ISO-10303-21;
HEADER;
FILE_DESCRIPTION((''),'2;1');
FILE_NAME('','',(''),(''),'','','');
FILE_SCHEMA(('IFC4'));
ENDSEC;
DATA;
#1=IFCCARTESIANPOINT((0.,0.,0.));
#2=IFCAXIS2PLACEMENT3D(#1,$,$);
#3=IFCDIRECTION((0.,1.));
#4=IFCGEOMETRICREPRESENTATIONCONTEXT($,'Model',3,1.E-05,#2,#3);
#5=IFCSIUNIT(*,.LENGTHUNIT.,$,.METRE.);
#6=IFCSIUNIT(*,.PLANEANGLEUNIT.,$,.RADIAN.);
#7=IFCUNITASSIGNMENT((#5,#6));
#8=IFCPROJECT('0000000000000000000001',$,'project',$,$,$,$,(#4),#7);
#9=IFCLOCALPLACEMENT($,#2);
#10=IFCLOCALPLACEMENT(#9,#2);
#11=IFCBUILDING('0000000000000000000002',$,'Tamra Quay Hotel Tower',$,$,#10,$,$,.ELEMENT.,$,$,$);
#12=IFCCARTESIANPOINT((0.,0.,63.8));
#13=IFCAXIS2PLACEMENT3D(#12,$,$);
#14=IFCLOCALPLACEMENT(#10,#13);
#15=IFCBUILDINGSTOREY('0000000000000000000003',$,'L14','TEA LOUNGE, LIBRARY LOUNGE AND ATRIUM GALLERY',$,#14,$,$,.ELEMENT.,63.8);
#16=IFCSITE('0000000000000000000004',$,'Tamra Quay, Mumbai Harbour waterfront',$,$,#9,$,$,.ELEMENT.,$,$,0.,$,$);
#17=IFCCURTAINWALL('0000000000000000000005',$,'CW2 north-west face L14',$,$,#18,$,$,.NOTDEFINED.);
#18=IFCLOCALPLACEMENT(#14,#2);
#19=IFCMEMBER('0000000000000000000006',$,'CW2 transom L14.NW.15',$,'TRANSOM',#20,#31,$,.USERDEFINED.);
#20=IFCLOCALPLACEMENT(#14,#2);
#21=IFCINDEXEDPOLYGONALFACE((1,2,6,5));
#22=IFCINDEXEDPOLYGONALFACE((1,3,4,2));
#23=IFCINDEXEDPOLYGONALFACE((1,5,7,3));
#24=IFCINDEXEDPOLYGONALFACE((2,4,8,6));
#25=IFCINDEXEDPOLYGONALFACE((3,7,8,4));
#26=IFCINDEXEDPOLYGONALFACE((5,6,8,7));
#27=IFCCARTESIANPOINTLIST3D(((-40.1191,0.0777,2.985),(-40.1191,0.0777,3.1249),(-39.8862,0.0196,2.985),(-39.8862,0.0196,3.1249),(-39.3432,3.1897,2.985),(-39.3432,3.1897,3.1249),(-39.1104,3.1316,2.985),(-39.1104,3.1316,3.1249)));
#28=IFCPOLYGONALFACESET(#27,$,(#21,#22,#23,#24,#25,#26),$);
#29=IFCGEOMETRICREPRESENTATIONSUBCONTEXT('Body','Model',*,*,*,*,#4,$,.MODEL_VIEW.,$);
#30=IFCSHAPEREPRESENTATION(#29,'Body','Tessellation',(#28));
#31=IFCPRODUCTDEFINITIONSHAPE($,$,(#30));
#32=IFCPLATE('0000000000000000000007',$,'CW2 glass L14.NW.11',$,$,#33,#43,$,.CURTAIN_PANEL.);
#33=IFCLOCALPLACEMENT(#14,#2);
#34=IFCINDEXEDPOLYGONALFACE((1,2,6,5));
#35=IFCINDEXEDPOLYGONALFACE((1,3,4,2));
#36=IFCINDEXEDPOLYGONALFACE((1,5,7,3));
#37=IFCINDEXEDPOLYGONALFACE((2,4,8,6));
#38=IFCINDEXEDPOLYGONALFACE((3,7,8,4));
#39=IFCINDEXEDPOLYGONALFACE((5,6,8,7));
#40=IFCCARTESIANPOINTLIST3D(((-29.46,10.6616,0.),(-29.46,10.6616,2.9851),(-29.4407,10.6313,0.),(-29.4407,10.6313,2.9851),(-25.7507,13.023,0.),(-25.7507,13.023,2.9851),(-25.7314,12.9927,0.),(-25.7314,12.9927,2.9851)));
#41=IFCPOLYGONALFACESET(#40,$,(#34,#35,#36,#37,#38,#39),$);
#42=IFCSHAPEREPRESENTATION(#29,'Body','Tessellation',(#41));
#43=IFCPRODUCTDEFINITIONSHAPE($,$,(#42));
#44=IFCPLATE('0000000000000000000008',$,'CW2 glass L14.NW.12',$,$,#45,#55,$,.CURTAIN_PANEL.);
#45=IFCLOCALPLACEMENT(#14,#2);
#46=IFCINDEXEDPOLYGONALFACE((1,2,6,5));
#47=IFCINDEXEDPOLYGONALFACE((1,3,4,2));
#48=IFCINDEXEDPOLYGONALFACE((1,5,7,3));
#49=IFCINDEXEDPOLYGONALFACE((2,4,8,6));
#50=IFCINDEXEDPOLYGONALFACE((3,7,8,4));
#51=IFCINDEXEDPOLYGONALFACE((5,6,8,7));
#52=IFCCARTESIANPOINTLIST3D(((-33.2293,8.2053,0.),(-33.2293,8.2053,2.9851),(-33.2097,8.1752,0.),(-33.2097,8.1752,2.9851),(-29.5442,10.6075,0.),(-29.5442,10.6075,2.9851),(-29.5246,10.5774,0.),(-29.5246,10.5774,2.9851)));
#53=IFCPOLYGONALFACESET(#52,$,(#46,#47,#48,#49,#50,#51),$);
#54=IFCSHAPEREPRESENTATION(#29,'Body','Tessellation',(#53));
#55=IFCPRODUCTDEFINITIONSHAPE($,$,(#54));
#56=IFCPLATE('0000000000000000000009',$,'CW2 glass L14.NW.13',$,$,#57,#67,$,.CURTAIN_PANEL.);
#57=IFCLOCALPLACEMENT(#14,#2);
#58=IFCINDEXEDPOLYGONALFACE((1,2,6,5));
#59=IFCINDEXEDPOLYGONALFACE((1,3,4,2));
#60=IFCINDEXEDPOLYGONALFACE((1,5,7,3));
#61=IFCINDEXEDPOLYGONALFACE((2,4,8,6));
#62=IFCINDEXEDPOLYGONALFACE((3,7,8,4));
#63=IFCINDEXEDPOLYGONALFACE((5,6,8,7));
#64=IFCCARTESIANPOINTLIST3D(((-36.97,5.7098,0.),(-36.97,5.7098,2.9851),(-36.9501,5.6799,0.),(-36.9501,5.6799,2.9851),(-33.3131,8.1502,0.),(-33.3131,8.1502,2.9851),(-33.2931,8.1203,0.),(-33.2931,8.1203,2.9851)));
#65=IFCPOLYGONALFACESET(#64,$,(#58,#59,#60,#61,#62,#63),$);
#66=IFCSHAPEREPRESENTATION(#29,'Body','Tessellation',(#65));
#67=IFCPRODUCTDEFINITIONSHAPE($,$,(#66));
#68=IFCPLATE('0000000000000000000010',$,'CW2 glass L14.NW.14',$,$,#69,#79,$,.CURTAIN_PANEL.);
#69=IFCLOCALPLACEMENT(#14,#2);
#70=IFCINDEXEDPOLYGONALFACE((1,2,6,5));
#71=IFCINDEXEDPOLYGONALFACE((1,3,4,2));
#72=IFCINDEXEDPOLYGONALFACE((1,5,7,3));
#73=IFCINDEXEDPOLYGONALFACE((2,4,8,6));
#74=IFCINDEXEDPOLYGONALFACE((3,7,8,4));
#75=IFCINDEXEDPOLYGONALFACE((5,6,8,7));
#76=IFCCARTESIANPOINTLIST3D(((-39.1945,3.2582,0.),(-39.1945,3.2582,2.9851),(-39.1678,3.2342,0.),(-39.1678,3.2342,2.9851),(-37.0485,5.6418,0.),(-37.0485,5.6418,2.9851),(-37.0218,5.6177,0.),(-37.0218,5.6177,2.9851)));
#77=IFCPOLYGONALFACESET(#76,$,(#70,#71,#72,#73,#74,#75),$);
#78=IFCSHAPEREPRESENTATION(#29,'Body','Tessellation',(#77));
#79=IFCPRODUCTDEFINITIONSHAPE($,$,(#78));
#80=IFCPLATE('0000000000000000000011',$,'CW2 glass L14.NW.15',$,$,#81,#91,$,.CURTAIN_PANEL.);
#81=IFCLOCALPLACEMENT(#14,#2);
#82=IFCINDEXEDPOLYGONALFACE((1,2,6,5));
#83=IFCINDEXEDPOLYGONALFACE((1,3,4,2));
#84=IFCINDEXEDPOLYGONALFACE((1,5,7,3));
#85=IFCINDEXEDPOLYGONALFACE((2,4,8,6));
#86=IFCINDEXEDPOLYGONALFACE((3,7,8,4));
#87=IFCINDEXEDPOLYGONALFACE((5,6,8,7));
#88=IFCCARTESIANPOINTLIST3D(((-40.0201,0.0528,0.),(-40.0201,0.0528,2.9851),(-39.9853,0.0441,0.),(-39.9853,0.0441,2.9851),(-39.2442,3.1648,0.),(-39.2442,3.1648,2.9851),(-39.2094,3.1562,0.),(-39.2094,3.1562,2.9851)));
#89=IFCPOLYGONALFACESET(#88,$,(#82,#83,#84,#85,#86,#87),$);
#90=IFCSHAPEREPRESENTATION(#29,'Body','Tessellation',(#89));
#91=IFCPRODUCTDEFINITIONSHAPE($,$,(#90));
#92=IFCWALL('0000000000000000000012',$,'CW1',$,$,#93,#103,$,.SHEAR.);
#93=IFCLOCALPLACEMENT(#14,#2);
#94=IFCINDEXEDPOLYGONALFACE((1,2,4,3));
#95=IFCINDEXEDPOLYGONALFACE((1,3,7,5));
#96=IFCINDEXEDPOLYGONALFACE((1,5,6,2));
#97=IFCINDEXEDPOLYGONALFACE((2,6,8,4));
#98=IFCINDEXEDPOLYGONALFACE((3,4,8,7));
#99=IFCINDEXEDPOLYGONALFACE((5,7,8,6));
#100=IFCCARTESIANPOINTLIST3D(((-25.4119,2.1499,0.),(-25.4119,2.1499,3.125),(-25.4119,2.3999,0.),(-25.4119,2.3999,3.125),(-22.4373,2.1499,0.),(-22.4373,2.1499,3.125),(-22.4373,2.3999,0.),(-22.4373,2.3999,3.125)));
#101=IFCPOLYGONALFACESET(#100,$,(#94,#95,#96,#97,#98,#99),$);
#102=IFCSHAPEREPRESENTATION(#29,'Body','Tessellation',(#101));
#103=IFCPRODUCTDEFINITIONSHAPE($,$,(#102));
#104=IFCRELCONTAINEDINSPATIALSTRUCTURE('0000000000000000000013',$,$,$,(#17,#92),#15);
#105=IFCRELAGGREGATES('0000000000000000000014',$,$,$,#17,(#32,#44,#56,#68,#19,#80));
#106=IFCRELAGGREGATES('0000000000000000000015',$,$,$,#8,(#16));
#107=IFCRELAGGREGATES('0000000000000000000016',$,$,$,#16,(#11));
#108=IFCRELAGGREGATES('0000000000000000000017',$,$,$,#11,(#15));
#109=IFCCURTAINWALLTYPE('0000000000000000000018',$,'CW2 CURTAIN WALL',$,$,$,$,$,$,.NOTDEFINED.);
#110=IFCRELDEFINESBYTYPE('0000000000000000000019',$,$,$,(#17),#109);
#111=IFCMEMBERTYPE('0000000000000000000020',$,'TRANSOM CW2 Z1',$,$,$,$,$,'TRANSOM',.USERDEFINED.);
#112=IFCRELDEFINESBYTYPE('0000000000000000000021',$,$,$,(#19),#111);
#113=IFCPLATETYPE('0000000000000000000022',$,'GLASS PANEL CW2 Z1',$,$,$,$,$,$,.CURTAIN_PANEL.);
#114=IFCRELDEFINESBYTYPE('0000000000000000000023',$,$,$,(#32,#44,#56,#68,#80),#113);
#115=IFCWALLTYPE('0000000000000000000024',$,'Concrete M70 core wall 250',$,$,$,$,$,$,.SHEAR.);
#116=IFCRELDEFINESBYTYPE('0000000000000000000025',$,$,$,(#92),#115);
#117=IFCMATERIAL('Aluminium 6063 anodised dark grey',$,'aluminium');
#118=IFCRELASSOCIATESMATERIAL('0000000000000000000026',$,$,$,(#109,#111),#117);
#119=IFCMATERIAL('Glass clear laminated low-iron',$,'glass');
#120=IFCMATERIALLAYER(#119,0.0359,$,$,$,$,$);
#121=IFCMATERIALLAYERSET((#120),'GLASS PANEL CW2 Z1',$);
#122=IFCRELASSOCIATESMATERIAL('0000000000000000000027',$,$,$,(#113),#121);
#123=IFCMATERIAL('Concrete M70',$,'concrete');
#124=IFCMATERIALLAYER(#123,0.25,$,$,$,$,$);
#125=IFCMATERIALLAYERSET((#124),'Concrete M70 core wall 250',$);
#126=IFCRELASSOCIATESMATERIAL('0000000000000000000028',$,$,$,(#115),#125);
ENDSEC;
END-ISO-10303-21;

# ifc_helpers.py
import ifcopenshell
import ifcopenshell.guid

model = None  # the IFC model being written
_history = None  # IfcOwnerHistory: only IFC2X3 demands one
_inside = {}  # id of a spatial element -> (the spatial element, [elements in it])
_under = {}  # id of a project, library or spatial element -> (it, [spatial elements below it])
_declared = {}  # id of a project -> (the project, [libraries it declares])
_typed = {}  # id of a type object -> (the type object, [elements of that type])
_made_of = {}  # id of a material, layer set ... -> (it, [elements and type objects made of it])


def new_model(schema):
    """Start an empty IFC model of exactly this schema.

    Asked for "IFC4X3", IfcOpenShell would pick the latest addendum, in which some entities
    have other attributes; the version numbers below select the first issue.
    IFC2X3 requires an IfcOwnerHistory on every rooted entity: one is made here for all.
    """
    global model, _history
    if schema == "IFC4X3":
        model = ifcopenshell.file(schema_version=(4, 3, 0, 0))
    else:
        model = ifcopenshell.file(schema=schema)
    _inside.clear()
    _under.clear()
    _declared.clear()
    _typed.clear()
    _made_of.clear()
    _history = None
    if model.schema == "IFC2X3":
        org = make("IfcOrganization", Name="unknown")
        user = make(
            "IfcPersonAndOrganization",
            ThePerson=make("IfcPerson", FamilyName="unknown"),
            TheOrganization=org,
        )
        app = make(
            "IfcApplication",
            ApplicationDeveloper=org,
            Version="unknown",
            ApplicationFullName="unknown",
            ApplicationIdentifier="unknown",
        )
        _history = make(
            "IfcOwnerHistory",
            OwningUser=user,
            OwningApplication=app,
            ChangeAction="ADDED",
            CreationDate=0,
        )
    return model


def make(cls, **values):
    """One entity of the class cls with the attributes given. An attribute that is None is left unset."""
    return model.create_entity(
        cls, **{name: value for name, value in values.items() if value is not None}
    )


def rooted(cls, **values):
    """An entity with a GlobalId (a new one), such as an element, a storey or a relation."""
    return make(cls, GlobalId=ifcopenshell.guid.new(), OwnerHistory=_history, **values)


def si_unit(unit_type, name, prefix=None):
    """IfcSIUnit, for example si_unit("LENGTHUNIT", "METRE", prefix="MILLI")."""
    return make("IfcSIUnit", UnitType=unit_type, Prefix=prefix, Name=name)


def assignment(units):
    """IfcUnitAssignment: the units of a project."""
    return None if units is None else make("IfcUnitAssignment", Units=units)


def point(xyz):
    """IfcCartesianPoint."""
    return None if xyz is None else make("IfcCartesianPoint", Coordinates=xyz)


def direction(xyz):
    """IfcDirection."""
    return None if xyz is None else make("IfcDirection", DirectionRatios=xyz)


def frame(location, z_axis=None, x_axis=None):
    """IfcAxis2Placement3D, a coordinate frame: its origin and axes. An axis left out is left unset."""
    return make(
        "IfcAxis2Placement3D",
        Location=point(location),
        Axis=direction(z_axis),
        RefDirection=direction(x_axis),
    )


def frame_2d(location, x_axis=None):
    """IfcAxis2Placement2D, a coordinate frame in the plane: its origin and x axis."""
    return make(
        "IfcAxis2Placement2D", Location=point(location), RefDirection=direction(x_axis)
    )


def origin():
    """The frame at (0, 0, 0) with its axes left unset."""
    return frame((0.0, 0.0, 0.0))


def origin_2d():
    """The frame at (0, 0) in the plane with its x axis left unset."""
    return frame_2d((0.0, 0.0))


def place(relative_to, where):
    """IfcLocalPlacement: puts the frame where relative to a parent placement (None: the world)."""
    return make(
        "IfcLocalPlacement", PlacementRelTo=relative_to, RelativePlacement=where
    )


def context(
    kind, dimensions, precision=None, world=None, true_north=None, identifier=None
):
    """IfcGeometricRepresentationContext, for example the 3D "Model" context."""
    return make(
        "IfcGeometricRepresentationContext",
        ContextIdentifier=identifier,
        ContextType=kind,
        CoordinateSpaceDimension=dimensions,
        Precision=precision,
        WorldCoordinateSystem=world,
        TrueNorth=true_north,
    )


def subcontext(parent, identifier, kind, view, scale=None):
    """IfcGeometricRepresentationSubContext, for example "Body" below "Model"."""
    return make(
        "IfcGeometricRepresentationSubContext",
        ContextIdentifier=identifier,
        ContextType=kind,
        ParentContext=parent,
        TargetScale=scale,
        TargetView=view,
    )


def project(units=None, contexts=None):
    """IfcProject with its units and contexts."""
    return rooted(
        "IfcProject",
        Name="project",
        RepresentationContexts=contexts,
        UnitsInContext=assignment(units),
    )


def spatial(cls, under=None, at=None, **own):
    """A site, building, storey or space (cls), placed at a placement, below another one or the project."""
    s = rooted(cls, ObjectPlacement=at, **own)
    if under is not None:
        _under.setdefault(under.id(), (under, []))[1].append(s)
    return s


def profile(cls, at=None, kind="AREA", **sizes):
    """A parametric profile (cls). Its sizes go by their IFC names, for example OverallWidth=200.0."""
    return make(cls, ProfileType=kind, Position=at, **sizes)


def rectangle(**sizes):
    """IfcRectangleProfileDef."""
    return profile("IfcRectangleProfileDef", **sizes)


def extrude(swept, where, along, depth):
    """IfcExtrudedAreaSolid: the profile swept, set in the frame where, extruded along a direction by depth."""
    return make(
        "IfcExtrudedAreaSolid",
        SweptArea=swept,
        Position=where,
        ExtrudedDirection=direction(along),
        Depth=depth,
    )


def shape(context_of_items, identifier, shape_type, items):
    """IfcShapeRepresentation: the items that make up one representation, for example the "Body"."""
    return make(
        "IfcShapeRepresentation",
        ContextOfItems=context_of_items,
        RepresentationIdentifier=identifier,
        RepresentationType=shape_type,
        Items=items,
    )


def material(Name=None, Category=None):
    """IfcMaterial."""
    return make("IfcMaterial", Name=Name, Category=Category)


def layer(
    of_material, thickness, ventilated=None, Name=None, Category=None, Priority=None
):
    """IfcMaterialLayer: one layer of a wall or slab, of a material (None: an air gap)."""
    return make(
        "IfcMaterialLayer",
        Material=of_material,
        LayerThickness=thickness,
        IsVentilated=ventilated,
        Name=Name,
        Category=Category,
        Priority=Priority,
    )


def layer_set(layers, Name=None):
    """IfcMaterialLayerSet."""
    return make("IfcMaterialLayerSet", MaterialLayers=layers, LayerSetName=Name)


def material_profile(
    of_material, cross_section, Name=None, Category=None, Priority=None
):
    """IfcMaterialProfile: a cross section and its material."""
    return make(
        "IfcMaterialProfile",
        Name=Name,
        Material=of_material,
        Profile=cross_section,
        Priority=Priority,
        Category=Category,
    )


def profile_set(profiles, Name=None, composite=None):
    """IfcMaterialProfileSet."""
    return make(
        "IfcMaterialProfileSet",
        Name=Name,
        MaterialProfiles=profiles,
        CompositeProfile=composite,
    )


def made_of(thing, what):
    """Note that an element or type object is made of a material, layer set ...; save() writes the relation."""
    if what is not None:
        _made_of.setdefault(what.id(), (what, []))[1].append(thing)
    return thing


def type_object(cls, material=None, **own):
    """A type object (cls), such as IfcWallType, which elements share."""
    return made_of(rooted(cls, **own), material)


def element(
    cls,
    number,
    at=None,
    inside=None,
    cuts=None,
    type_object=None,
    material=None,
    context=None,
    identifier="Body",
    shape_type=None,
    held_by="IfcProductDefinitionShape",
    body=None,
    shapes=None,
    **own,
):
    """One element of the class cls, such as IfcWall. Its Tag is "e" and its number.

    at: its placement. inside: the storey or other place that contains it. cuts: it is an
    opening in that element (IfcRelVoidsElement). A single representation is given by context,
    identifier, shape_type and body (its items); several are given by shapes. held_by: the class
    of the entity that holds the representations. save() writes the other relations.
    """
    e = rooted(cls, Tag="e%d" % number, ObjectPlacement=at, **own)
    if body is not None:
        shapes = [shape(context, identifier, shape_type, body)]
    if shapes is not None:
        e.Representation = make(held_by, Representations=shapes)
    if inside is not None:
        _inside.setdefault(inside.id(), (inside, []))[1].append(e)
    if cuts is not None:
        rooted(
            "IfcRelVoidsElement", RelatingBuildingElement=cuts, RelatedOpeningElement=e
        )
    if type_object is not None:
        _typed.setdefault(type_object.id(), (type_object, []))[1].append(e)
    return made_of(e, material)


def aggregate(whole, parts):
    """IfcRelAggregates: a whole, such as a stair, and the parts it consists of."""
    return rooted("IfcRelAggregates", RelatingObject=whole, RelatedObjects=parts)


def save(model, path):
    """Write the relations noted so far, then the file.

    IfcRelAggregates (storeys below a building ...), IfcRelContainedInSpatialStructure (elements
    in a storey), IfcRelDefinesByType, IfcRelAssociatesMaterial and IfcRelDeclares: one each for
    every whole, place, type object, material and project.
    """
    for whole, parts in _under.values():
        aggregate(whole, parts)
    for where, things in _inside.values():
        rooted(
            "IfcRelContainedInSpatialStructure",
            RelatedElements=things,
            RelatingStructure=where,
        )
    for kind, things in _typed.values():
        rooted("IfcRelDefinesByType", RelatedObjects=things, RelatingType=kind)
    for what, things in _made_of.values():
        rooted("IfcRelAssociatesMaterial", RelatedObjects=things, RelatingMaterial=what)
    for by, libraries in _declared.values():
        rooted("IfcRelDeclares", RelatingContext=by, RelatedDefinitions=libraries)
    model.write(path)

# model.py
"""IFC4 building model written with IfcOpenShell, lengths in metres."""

from ifc_helpers import new_model, si_unit, direction, frame, frame_2d, origin, origin_2d, place, context, subcontext, project, spatial, rectangle, extrude, material, layer, layer_set, material_profile, profile_set, type_object, element, aggregate, save


model = new_model("IFC4")

# Units and contexts
model_context = context("Model", 3, precision=1e-05, world=origin(), true_north=direction((0.0, 1.0)))
body_context = subcontext(model_context, "Body", "Model", "MODEL_VIEW")
ifc_project = project(units=[si_unit("LENGTHUNIT", "METRE"), si_unit("PLANEANGLEUNIT", "RADIAN")], contexts=[model_context])

# Site, building, storey
site_placement = place(None, origin())
site = spatial("IfcSite", under=ifc_project, at=site_placement, Name="Tamra Quay, Mumbai Harbour waterfront", CompositionType="ELEMENT", RefElevation=0.0)
building_placement = place(site_placement, origin())
building = spatial("IfcBuilding", under=site, at=building_placement, Name="Tamra Quay Hotel Tower", CompositionType="ELEMENT")
storey_placement = place(building_placement, frame((0.0, 0.0, 63.8)))
storey = spatial("IfcBuildingStorey", under=building, at=storey_placement, Name="L14", Description="TEA LOUNGE, LIBRARY LOUNGE AND ATRIUM GALLERY", CompositionType="ELEMENT", Elevation=63.8)

# Shared definitions
ifc_material_1 = material(Name="Concrete M70", Category="concrete")

# Curtain wall
ifc_material_2 = material(Name="Aluminium 6063 anodised dark grey", Category="aluminium")
curtain_wall_type = type_object("IfcCurtainWallType", Name="CW2 CURTAIN WALL", PredefinedType="NOTDEFINED", material=ifc_material_2)
curtain_wall_placement = place(storey_placement, origin())
curtain_wall = element("IfcCurtainWall", 1, at=curtain_wall_placement, inside=storey, type_object=curtain_wall_type, Name="CW2 north-west face L14", PredefinedType="NOTDEFINED")

# Member
ifc_material_profile_1 = material_profile(ifc_material_2, rectangle(XDim=0.24, YDim=0.1399, at=origin_2d()), Name="TRANSOM 240X140")
ifc_profile_set_1 = profile_set([ifc_material_profile_1], Name="Aluminium 6063 anodised dark grey")
member_type_1 = type_object("IfcMemberType", Name="TRANSOM CW2 Z1", ElementType="TRANSOM", PredefinedType="USERDEFINED", material=ifc_profile_set_1)
member_1_placement = place(storey_placement, frame((-39.2268, 3.1606, 3.0549), z_axis=(-0.241909, -0.970299, 0.0), x_axis=(0.970299, -0.241909, 0.0)))
member_1 = element("IfcMember", 2, at=member_1_placement, type_object=member_type_1, Name="CW2 transom L14.NW.15", ObjectType="TRANSOM", PredefinedType="USERDEFINED", context=body_context, shape_type="SweptSolid", body=[
    extrude(rectangle(XDim=0.24, YDim=0.1399, at=origin_2d()), origin(), (0.0, 0.0, 1.0), 3.2073),
])

# Plates
ifc_material_3 = material(Name="Glass clear laminated low-iron", Category="glass")
ifc_layer_1 = layer(ifc_material_3, 0.0359)
ifc_layer_set_1 = layer_set([ifc_layer_1], Name="GLASS PANEL CW2 Z1")
plate_type = type_object("IfcPlateType", Name="GLASS PANEL CW2 Z1", PredefinedType="CURTAIN_PANEL", material=ifc_layer_set_1)
plate_1_placement = place(storey_placement, frame((-27.5957, 11.8271, 0.0), z_axis=(0.0, 0.0, 1.0), x_axis=(-0.843571, -0.537018, 0.0)))
plate_1 = element("IfcPlate", 3, at=plate_1_placement, type_object=plate_type, Name="CW2 glass L14.NW.11", PredefinedType="CURTAIN_PANEL", context=body_context, shape_type="SweptSolid", body=[
    extrude(rectangle(XDim=4.3972, YDim=0.0359, at=origin_2d()), origin(), (0.0, 0.0, 1.0), 2.9851),
])
plate_2_placement = place(storey_placement, frame((-31.377, 9.3914, 0.0), z_axis=(0.0, 0.0, 1.0), x_axis=(-0.837728, -0.546088, 0.0)))
plate_2 = element("IfcPlate", 4, at=plate_2_placement, type_object=plate_type, Name="CW2 glass L14.NW.12", PredefinedType="CURTAIN_PANEL", context=body_context, shape_type="SweptSolid", body=[
    extrude(rectangle(XDim=4.3989, YDim=0.0359, at=origin_2d()), origin(), (0.0, 0.0, 1.0), 2.9851),
])
plate_3_placement = place(storey_placement, frame((-35.1316, 6.915, 0.0), z_axis=(0.0, 0.0, 1.0), x_axis=(-0.831798, -0.555078, 0.0)))
plate_3 = element("IfcPlate", 5, at=plate_3_placement, type_object=plate_type, Name="CW2 glass L14.NW.13", PredefinedType="CURTAIN_PANEL", context=body_context, shape_type="SweptSolid", body=[
    extrude(rectangle(XDim=4.3965, YDim=0.0359, at=origin_2d()), origin(), (0.0, 0.0, 1.0), 2.9851),
])
plate_4_placement = place(storey_placement, frame((-38.1082, 4.438, 0.0), z_axis=(0.0, 0.0, 1.0), x_axis=(-0.669112, -0.743161, 0.0)))
plate_4 = element("IfcPlate", 6, at=plate_4_placement, type_object=plate_type, Name="CW2 glass L14.NW.14", PredefinedType="CURTAIN_PANEL", context=body_context, shape_type="SweptSolid", body=[
    extrude(rectangle(XDim=3.2073, YDim=0.0359, at=origin_2d()), origin(), (0.0, 0.0, 1.0), 2.9851),
])
plate_5_placement = place(storey_placement, frame((-39.6147, 1.6045, 0.0), z_axis=(0.0, 0.0, 1.0), x_axis=(-0.241914, -0.970298, 0.0)))
plate_5 = element("IfcPlate", 7, at=plate_5_placement, type_object=plate_type, Name="CW2 glass L14.NW.15", PredefinedType="CURTAIN_PANEL", context=body_context, shape_type="SweptSolid", body=[
    extrude(rectangle(XDim=3.2073, YDim=0.0359, at=origin_2d()), origin(), (0.0, 0.0, 1.0), 2.9851),
])
aggregate(curtain_wall, [plate_1, plate_2, plate_3, plate_4, member_1, plate_5])

# Wall
ifc_layer_2 = layer(ifc_material_1, 0.25)
ifc_layer_set_2 = layer_set([ifc_layer_2], Name="Concrete M70 core wall 250")
wall_type = type_object("IfcWallType", Name="Concrete M70 core wall 250", PredefinedType="SHEAR", material=ifc_layer_set_2)
wall_placement = place(storey_placement, frame((-25.4119, 2.2749, 0.0), z_axis=(0.0, 0.0, 1.0), x_axis=(1.0, 0.0, 0.0)))
element("IfcWall", 8, at=wall_placement, inside=storey, type_object=wall_type, Name="CW1", PredefinedType="SHEAR", context=body_context, shape_type="SweptSolid", body=[
    extrude(rectangle(XDim=2.9746, YDim=0.25, at=frame_2d((1.4873, 0.0))), origin(), (0.0, 0.0, 1.0), 3.125),
])

save(model, "model.ifc")
